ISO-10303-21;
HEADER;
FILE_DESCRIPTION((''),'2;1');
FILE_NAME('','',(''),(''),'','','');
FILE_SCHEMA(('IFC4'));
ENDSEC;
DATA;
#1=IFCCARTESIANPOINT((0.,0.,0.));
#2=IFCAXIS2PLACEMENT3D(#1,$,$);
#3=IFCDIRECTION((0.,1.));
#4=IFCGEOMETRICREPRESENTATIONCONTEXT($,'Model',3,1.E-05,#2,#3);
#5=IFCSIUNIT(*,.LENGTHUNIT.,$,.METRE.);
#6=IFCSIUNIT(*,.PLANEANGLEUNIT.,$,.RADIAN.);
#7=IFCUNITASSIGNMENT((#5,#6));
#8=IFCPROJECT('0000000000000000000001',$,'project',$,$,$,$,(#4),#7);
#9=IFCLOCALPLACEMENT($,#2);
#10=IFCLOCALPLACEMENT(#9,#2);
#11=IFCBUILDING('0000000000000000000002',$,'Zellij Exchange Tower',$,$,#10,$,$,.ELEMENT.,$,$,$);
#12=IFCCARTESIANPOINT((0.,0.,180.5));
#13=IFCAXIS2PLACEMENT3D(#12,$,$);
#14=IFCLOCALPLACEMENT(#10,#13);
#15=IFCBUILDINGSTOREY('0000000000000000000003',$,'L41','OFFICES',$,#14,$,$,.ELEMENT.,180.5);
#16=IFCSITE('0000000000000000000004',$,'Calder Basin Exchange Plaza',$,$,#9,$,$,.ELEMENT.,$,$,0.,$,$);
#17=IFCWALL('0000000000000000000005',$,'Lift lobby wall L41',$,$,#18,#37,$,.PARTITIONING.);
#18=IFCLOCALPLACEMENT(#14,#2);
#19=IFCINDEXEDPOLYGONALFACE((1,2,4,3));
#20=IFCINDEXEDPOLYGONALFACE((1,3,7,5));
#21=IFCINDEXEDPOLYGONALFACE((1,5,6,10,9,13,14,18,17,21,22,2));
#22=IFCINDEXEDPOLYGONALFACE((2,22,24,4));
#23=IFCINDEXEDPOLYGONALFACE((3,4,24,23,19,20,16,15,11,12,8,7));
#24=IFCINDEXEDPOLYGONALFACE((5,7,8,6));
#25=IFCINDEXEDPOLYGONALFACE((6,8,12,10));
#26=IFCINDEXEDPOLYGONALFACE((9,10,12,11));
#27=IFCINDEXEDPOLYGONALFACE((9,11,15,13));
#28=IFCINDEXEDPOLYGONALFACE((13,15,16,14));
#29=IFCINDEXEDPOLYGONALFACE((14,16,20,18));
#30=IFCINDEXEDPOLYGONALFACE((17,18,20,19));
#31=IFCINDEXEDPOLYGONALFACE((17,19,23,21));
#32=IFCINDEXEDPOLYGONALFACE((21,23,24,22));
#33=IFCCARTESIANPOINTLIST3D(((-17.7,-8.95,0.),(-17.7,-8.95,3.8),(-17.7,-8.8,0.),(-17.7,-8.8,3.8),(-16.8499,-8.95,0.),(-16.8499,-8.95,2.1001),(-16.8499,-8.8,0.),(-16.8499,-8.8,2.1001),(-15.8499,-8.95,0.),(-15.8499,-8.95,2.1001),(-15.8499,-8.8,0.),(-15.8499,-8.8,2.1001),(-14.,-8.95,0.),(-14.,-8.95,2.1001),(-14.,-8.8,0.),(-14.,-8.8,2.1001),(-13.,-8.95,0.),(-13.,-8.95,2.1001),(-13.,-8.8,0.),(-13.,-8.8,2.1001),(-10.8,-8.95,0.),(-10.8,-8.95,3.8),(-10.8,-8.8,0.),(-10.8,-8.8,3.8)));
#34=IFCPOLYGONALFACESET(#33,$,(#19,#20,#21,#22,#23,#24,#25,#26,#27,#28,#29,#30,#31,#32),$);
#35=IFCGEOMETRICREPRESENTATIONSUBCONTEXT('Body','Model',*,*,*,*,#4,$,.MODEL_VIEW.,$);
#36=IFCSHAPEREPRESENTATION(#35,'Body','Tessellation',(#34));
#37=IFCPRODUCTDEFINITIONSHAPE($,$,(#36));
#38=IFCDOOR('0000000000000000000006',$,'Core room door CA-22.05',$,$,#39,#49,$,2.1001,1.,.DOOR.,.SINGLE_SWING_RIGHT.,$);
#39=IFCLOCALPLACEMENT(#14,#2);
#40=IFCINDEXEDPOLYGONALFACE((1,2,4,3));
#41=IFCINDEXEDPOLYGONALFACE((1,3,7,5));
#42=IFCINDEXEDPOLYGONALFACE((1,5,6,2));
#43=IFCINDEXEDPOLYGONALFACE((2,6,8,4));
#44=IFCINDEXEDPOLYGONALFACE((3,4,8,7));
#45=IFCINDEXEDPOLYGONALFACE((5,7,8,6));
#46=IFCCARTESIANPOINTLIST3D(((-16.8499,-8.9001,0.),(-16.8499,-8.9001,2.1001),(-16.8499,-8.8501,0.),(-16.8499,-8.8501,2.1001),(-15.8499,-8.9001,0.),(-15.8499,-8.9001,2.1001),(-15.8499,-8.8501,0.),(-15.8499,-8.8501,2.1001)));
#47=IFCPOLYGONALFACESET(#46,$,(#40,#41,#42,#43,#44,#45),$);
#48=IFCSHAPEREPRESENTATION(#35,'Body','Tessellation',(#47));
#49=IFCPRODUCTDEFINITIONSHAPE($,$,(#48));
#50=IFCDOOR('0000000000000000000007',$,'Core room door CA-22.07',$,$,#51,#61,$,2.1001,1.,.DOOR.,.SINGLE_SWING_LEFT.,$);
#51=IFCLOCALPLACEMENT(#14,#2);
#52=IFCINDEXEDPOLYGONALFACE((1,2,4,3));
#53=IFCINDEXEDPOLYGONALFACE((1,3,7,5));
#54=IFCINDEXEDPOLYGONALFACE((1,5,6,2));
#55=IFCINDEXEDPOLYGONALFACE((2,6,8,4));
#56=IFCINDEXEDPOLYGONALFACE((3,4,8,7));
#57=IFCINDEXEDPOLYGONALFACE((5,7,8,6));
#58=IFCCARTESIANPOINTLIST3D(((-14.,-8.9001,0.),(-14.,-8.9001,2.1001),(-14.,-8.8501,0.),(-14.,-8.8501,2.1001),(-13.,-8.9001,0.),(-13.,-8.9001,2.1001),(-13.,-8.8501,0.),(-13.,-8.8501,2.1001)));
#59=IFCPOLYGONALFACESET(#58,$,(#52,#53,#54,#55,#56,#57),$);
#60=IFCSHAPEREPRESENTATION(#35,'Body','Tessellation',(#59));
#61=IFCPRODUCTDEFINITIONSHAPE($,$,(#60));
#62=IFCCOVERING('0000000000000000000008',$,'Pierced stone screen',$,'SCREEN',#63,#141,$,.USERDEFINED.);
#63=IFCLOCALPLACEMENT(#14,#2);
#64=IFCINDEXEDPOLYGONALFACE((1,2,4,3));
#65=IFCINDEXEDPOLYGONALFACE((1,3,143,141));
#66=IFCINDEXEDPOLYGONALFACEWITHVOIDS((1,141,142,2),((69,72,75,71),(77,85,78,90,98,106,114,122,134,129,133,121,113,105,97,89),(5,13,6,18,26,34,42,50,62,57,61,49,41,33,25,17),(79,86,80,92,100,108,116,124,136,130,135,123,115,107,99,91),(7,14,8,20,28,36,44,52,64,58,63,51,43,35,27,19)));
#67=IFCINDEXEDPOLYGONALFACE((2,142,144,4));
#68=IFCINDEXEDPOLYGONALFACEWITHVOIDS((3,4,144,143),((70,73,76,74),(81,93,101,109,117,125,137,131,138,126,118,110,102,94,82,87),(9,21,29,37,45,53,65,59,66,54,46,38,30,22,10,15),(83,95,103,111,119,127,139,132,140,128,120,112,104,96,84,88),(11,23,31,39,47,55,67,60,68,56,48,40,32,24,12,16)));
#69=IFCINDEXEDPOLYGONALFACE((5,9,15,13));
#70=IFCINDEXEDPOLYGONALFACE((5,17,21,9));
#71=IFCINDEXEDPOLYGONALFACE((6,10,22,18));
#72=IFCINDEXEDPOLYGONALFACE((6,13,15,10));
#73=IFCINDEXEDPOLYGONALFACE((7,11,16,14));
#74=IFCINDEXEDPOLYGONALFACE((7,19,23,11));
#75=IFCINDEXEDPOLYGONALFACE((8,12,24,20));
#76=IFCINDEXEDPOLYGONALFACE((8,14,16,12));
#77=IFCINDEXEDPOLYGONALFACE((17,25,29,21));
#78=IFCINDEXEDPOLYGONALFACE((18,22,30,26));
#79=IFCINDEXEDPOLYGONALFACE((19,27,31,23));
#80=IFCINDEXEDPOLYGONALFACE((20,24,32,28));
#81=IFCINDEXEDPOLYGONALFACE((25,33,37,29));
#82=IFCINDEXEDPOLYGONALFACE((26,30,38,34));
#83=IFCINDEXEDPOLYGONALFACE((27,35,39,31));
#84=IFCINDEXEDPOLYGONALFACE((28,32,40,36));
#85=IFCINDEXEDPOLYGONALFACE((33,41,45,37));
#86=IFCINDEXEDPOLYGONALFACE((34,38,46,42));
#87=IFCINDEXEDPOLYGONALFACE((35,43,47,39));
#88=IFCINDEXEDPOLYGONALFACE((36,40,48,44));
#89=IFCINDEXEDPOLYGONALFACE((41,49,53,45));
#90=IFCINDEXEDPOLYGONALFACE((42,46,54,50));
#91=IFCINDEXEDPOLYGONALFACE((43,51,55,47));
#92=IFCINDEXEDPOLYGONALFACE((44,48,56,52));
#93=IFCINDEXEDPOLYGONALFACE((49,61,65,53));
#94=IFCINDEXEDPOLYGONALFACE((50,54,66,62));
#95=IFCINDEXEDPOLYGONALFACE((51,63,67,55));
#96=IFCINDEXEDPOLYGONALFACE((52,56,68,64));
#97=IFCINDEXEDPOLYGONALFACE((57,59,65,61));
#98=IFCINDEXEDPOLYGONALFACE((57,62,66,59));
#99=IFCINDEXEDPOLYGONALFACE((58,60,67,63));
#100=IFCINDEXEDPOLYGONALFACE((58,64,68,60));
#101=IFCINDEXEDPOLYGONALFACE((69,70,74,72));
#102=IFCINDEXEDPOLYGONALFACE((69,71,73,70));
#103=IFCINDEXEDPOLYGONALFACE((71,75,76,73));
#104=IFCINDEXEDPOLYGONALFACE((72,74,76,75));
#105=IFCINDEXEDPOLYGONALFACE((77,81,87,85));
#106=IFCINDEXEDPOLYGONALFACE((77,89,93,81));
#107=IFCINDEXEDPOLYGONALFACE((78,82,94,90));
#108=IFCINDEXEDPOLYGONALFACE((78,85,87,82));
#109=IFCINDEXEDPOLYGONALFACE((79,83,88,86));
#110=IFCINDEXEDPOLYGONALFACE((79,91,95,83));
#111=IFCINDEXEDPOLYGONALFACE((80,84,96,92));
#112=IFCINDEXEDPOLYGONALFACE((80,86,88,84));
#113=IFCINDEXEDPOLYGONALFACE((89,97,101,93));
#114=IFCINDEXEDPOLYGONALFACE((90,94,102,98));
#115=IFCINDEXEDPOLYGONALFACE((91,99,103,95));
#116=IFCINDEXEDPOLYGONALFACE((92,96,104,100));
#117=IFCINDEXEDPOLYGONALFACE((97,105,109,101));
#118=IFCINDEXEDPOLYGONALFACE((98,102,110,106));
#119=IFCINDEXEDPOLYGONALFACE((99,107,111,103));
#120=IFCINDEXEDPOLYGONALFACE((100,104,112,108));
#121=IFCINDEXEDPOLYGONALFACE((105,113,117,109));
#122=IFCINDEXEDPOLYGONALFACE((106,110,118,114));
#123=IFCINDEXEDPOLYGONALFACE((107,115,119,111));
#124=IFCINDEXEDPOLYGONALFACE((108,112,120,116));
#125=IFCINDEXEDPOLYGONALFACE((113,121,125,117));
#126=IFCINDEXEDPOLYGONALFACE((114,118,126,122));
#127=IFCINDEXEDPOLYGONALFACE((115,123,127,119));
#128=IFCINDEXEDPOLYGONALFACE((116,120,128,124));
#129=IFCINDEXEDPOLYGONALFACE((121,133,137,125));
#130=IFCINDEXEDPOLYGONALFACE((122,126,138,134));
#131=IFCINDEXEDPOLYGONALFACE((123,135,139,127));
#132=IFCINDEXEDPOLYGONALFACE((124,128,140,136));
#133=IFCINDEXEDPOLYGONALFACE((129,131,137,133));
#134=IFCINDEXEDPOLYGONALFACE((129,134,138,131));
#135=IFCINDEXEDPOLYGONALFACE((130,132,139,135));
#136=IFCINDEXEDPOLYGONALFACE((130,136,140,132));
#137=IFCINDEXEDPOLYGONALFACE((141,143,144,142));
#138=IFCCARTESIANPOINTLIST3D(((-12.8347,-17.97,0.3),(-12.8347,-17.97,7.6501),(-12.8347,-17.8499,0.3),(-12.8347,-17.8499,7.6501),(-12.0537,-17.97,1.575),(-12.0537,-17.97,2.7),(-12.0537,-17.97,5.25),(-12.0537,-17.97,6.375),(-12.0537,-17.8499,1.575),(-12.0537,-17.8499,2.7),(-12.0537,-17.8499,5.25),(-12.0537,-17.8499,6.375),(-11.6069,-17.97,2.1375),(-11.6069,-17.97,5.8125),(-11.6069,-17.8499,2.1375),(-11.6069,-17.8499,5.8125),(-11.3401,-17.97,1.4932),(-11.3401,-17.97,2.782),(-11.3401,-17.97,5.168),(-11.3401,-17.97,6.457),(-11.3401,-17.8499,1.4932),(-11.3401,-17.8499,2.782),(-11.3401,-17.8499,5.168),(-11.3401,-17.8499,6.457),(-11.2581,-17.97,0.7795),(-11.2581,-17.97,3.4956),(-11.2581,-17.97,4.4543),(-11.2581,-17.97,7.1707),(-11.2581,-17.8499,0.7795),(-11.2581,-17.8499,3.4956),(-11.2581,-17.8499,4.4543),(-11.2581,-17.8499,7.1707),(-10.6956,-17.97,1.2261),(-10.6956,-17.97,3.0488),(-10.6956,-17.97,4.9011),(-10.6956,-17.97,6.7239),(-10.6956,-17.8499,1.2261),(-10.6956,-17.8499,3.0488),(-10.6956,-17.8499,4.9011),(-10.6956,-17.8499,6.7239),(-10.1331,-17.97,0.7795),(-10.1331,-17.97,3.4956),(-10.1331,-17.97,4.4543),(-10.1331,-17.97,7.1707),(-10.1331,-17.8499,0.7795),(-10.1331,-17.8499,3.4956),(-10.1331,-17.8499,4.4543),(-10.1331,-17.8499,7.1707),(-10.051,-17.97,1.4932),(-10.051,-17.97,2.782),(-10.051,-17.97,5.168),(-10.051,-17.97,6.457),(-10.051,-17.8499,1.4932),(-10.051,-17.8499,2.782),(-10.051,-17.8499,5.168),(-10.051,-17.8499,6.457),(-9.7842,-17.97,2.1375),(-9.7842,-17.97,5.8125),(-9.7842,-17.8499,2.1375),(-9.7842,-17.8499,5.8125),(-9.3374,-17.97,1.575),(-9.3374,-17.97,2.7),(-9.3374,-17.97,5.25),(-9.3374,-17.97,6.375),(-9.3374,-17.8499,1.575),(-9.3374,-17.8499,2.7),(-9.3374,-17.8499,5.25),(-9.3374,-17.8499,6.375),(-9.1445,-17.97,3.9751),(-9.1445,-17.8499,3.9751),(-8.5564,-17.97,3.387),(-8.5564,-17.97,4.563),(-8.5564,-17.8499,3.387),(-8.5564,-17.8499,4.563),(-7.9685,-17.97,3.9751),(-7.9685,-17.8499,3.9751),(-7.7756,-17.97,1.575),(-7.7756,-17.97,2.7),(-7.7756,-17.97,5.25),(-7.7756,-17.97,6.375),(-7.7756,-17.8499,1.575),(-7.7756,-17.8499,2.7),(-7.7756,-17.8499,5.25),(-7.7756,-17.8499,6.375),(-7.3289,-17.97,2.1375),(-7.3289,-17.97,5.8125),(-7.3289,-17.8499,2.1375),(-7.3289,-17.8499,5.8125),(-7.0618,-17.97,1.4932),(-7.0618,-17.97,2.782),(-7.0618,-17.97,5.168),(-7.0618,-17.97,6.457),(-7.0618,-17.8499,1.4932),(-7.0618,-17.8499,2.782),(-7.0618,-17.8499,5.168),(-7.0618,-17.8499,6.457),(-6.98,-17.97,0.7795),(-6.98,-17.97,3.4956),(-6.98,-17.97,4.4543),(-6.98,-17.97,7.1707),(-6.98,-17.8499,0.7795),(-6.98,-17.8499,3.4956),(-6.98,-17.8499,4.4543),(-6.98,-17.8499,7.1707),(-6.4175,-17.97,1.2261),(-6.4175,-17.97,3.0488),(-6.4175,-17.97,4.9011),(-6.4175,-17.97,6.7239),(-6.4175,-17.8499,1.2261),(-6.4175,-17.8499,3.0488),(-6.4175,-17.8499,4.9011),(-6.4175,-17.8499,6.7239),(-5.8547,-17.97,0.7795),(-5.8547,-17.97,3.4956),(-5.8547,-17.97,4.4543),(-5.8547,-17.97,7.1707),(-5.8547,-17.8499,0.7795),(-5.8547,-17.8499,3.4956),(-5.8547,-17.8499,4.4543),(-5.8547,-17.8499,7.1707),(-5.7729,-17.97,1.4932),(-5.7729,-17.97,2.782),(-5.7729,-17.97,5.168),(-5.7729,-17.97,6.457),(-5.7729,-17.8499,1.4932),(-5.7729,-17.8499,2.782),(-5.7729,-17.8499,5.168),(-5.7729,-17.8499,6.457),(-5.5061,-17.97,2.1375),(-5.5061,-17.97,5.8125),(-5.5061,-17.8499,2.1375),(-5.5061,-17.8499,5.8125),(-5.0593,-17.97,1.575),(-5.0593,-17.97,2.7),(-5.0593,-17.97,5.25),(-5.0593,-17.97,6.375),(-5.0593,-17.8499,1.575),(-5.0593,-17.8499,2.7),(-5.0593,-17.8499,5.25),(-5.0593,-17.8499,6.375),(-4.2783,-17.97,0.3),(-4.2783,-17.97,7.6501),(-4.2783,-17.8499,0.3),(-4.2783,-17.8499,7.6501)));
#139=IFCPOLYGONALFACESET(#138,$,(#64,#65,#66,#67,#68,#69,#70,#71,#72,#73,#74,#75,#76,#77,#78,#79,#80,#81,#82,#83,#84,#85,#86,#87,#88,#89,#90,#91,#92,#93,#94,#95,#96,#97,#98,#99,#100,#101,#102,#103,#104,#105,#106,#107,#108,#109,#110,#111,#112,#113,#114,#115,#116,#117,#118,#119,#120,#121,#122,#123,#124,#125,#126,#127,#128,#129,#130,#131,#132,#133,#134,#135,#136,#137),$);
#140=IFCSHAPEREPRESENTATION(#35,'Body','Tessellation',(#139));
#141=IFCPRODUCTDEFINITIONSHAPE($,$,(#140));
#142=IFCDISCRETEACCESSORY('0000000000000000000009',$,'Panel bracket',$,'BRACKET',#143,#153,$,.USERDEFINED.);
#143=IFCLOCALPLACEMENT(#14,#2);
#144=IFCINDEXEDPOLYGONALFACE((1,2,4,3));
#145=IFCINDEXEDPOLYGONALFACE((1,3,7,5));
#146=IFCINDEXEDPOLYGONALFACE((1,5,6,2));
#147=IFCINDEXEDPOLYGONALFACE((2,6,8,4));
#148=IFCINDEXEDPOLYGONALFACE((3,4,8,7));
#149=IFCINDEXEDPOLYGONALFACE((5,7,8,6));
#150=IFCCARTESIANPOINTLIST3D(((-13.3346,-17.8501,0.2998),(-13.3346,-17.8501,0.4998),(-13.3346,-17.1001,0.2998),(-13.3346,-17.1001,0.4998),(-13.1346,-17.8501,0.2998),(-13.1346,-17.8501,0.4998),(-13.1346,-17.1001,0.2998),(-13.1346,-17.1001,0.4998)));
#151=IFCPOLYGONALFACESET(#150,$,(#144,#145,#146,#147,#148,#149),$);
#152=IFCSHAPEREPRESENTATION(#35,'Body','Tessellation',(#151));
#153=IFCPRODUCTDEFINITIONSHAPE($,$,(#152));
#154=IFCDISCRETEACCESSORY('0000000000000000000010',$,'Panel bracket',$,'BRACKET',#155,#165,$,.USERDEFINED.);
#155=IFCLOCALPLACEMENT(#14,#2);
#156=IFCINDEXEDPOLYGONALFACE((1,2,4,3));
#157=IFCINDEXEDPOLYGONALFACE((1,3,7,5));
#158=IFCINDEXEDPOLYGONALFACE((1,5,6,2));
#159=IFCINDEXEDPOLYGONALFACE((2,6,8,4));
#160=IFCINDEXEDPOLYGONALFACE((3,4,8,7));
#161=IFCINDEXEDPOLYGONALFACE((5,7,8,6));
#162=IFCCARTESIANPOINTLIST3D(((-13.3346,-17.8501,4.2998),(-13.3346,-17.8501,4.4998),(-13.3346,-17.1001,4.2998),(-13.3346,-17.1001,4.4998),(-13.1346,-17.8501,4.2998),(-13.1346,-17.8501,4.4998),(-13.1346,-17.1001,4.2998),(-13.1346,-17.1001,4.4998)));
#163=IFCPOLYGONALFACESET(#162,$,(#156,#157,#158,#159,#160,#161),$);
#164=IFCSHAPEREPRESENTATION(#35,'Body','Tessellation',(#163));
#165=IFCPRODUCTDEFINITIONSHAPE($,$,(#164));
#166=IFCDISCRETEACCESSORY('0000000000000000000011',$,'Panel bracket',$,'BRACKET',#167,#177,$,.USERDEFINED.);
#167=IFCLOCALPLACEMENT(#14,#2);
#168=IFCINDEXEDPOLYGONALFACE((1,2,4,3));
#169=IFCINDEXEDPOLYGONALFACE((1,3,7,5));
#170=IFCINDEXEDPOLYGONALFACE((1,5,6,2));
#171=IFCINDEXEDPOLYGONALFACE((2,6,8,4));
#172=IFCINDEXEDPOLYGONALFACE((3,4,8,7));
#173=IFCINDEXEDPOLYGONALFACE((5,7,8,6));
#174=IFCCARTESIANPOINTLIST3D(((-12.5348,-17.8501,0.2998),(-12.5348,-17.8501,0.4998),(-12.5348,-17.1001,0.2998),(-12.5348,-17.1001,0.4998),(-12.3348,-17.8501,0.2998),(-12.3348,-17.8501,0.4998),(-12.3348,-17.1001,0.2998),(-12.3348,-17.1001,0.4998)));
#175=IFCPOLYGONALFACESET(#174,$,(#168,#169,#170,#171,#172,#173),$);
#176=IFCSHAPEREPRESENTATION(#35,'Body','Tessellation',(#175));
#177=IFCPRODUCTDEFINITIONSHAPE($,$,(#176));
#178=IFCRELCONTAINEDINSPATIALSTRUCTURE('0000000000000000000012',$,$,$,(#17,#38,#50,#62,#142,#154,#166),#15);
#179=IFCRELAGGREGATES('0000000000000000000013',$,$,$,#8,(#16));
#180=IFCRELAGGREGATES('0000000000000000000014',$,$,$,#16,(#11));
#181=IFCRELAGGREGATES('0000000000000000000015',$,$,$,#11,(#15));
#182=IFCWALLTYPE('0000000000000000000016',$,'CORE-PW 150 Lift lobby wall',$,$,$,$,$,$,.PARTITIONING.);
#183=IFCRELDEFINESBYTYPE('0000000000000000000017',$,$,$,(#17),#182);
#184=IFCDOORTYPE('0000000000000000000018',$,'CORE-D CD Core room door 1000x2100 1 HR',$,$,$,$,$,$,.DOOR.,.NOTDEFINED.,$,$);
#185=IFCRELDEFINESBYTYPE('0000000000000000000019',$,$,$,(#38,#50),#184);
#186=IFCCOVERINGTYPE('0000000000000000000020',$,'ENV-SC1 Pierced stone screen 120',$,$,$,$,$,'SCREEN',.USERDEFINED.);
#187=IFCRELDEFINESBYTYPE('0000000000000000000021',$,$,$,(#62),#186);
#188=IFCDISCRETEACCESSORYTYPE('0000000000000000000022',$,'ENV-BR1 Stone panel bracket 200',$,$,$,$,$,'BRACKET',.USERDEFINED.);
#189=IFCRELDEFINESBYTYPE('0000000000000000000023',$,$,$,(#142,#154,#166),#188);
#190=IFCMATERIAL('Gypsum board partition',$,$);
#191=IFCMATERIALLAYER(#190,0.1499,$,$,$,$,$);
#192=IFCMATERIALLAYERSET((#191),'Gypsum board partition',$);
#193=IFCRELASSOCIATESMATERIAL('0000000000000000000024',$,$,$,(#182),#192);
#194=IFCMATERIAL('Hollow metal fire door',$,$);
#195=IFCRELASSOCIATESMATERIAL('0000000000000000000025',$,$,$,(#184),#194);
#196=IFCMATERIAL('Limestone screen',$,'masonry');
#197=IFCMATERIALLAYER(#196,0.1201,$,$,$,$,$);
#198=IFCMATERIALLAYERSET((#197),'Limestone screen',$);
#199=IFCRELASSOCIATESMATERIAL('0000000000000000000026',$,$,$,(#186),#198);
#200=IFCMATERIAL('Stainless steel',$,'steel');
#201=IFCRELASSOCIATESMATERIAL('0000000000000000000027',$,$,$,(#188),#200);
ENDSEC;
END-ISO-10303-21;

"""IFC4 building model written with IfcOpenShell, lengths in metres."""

from ifc_helpers import new_model, si_unit, direction, frame, frame_2d, origin, origin_2d, place, context, subcontext, project, spatial, polyline, rectangle, outline, extrude, material, layer, layer_set, type_object, element, fill, save


model = new_model("IFC4")

# Units and contexts
model_context = context("Model", 3, precision=1e-05, world=origin(), true_north=direction((0.0, 1.0)))
body_context = subcontext(model_context, "Body", "Model", "MODEL_VIEW")
ifc_project = project(units=[si_unit("LENGTHUNIT", "METRE"), si_unit("PLANEANGLEUNIT", "RADIAN")], contexts=[model_context])

# Site, building, storey
site_placement = place(None, origin())
site = spatial("IfcSite", under=ifc_project, at=site_placement, Name="Calder Basin Exchange Plaza", CompositionType="ELEMENT", RefElevation=0.0)
building_placement = place(site_placement, origin())
building = spatial("IfcBuilding", under=site, at=building_placement, Name="Zellij Exchange Tower", CompositionType="ELEMENT")
storey_placement = place(building_placement, frame((0.0, 0.0, 180.5)))
storey = spatial("IfcBuildingStorey", under=building, at=storey_placement, Name="L41", Description="OFFICES", CompositionType="ELEMENT", Elevation=180.5)

# Shared definitions
ifc_material_1 = material(Name="Gypsum board partition")
ifc_layer_1 = layer(ifc_material_1, 0.1499)
ifc_layer_set_1 = layer_set([ifc_layer_1], Name="Gypsum board partition")
wall_type_1 = type_object("IfcWallType", Name="CORE-PW 150 Lift lobby wall", PredefinedType="PARTITIONING", material=ifc_layer_set_1)
ifc_material_2 = material(Name="Hollow metal fire door")

# Wall, openings, doors
door_type_1 = type_object("IfcDoorType", Name="CORE-D CD Core room door 1000x2100 1 HR", OperationType="NOTDEFINED", PredefinedType="DOOR", material=ifc_material_2)
wall_1_placement = place(storey_placement, frame((-17.7, -8.875, 0.0), z_axis=(0.0, 0.0, 1.0), x_axis=(1.0, 0.0, 0.0)))
wall_1 = element("IfcWall", 1, at=wall_1_placement, inside=storey, type_object=wall_type_1, Name="Lift lobby wall L41", PredefinedType="PARTITIONING", context=body_context, shape_type="SweptSolid", body=[
    extrude(rectangle(XDim=6.8999, YDim=0.1499, at=frame_2d((3.45, 0.0))), origin(), (0.0, 0.0, 1.0), 3.8),
])
opening_1_placement = place(wall_1_placement, frame((0.8501, 0.0, 0.0)))
opening_1 = element("IfcOpeningElement", 2, at=opening_1_placement, cuts=wall_1, PredefinedType="OPENING", context=body_context, shape_type="SweptSolid", body=[
    extrude(rectangle(XDim=1.0, YDim=2.1001, at=frame_2d((0.5, 1.05))), frame((0.0, 0.0869, 0.0), z_axis=(0.0, -1.0, 0.0), x_axis=(1.0, 0.0, 0.0)), (0.0, 0.0, 1.0), 0.1738),
])
opening_2_placement = place(wall_1_placement, frame((3.7, 0.0, 0.0)))
opening_2 = element("IfcOpeningElement", 3, at=opening_2_placement, cuts=wall_1, PredefinedType="OPENING", context=body_context, shape_type="SweptSolid", body=[
    extrude(rectangle(XDim=1.0, YDim=2.1001, at=frame_2d((0.5, 1.05))), frame((0.0, 0.0869, 0.0), z_axis=(0.0, -1.0, 0.0), x_axis=(1.0, 0.0, 0.0)), (0.0, 0.0, 1.0), 0.1738),
])
door_1_placement = place(opening_1_placement, origin())
door_1 = element("IfcDoor", 4, at=door_1_placement, inside=storey, type_object=door_type_1, Name="Core room door CA-22.05", OperationType="SINGLE_SWING_RIGHT", OverallHeight=2.1001, OverallWidth=1.0, PredefinedType="DOOR", context=body_context, shape_type="SweptSolid", body=[
    extrude(rectangle(XDim=1.0, YDim=2.1001, at=frame_2d((0.5, 1.05))), frame((0.0, 0.0249, 0.0), z_axis=(0.0, -1.0, 0.0), x_axis=(1.0, 0.0, 0.0)), (0.0, 0.0, 1.0), 0.05),
])
fill(opening_1, door_1)
door_2_placement = place(opening_2_placement, origin())
door_2 = element("IfcDoor", 5, at=door_2_placement, inside=storey, type_object=door_type_1, Name="Core room door CA-22.07", OperationType="SINGLE_SWING_LEFT", OverallHeight=2.1001, OverallWidth=1.0, PredefinedType="DOOR", context=body_context, shape_type="SweptSolid", body=[
    extrude(rectangle(XDim=1.0, YDim=2.1001, at=frame_2d((0.5, 1.05))), frame((0.0, 0.0249, 0.0), z_axis=(0.0, -1.0, 0.0), x_axis=(1.0, 0.0, 0.0)), (0.0, 0.0, 1.0), 0.05),
])
fill(opening_2, door_2)

# Covering
ifc_material_3 = material(Name="Limestone screen", Category="masonry")
ifc_layer_2 = layer(ifc_material_3, 0.1201)
ifc_layer_set_2 = layer_set([ifc_layer_2], Name="Limestone screen")
covering_type = type_object("IfcCoveringType", Name="ENV-SC1 Pierced stone screen 120", ElementType="SCREEN", PredefinedType="USERDEFINED", material=ifc_layer_set_2)
covering_placement = place(storey_placement, frame((-12.8347, -17.9099, 0.3), z_axis=(0.0, 0.0, 1.0), x_axis=(1.0, 0.0, 0.0)))
element("IfcCovering", 6, at=covering_placement, inside=storey, type_object=covering_type, Name="Pierced stone screen", ObjectType="SCREEN", PredefinedType="USERDEFINED", context=body_context, shape_type="SweptSolid", body=[
    extrude(outline(polyline([(0.0, 0.0), (8.5564, 0.0), (8.5564, 7.3501), (0.0, 7.3501), (0.0, 0.0)]), holes=[polyline([(3.4973, 2.3999), (2.7837, 2.4819), (2.7017, 3.1956), (2.1392, 2.7488), (1.5767, 3.1956), (1.4946, 2.4819), (0.781, 2.3999), (1.2278, 1.8374), (0.781, 1.2749), (1.4946, 1.1931), (1.5767, 0.4795), (2.1392, 0.926), (2.7017, 0.4795), (2.7837, 1.1931), (3.4973, 1.2749), (3.0505, 1.8374), (3.4973, 2.3999)]), polyline([(3.4973, 6.075), (2.7837, 6.157), (2.7017, 6.8706), (2.1392, 6.4238), (1.5767, 6.8706), (1.4946, 6.157), (0.781, 6.075), (1.2278, 5.5125), (0.781, 4.95), (1.4946, 4.8679), (1.5767, 4.1543), (2.1392, 4.6011), (2.7017, 4.1543), (2.7837, 4.8679), (3.4973, 4.95), (3.0505, 5.5125), (3.4973, 6.075)]), polyline([(7.7754, 2.3999), (7.0618, 2.4819), (6.98, 3.1956), (6.4172, 2.7488), (5.8547, 3.1956), (5.7729, 2.4819), (5.0591, 2.3999), (5.5059, 1.8374), (5.0591, 1.2749), (5.7729, 1.1931), (5.8547, 0.4795), (6.4172, 0.926), (6.98, 0.4795), (7.0618, 1.1931), (7.7754, 1.2749), (7.3286, 1.8374), (7.7754, 2.3999)]), polyline([(7.7754, 6.075), (7.0618, 6.157), (6.98, 6.8706), (6.4172, 6.4238), (5.8547, 6.8706), (5.7729, 6.157), (5.0591, 6.075), (5.5059, 5.5125), (5.0591, 4.95), (5.7729, 4.8679), (5.8547, 4.1543), (6.4172, 4.6011), (6.98, 4.1543), (7.0618, 4.8679), (7.7754, 4.95), (7.3286, 5.5125), (7.7754, 6.075)]), polyline([(4.8662, 3.675), (4.2783, 4.2629), (3.6902, 3.675), (4.2783, 3.0869), (4.8662, 3.675)])]), frame((0.0, 0.0601, 0.0), z_axis=(0.0, -1.0, 0.0), x_axis=(1.0, 0.0, 0.0)), (0.0, 0.0, 1.0), 0.1201),
])

# Discrete accessories
ifc_material_4 = material(Name="Stainless steel", Category="steel")
discrete_accessory_type = type_object("IfcDiscreteAccessoryType", Name="ENV-BR1 Stone panel bracket 200", ElementType="BRACKET", PredefinedType="USERDEFINED", material=ifc_material_4)
for number, where, z_axis, x_axis, name in (
    (7, (-13.2346, -17.4751, 0.2998), (0.0, 0.0, 1.0), (1.0, 0.0, 0.0), "Panel bracket"),
    (8, (-13.2346, -17.4751, 4.2998), (0.0, 0.0, 1.0), (1.0, 0.0, 0.0), "Panel bracket"),
    (9, (-12.4348, -17.4751, 0.2998), (0.0, 0.0, 1.0), (1.0, 0.0, 0.0), "Panel bracket"),
):
    element("IfcDiscreteAccessory", number, at=place(storey_placement, frame(where, z_axis=z_axis, x_axis=x_axis)), inside=storey, type_object=discrete_accessory_type, Name=name, ObjectType="BRACKET", PredefinedType="USERDEFINED", context=body_context, shape_type="SweptSolid", body=[
        extrude(rectangle(XDim=0.2, YDim=0.75, at=origin_2d()), origin(), (0.0, 0.0, 1.0), 0.2),
    ])

save(model, "model.ifc")
